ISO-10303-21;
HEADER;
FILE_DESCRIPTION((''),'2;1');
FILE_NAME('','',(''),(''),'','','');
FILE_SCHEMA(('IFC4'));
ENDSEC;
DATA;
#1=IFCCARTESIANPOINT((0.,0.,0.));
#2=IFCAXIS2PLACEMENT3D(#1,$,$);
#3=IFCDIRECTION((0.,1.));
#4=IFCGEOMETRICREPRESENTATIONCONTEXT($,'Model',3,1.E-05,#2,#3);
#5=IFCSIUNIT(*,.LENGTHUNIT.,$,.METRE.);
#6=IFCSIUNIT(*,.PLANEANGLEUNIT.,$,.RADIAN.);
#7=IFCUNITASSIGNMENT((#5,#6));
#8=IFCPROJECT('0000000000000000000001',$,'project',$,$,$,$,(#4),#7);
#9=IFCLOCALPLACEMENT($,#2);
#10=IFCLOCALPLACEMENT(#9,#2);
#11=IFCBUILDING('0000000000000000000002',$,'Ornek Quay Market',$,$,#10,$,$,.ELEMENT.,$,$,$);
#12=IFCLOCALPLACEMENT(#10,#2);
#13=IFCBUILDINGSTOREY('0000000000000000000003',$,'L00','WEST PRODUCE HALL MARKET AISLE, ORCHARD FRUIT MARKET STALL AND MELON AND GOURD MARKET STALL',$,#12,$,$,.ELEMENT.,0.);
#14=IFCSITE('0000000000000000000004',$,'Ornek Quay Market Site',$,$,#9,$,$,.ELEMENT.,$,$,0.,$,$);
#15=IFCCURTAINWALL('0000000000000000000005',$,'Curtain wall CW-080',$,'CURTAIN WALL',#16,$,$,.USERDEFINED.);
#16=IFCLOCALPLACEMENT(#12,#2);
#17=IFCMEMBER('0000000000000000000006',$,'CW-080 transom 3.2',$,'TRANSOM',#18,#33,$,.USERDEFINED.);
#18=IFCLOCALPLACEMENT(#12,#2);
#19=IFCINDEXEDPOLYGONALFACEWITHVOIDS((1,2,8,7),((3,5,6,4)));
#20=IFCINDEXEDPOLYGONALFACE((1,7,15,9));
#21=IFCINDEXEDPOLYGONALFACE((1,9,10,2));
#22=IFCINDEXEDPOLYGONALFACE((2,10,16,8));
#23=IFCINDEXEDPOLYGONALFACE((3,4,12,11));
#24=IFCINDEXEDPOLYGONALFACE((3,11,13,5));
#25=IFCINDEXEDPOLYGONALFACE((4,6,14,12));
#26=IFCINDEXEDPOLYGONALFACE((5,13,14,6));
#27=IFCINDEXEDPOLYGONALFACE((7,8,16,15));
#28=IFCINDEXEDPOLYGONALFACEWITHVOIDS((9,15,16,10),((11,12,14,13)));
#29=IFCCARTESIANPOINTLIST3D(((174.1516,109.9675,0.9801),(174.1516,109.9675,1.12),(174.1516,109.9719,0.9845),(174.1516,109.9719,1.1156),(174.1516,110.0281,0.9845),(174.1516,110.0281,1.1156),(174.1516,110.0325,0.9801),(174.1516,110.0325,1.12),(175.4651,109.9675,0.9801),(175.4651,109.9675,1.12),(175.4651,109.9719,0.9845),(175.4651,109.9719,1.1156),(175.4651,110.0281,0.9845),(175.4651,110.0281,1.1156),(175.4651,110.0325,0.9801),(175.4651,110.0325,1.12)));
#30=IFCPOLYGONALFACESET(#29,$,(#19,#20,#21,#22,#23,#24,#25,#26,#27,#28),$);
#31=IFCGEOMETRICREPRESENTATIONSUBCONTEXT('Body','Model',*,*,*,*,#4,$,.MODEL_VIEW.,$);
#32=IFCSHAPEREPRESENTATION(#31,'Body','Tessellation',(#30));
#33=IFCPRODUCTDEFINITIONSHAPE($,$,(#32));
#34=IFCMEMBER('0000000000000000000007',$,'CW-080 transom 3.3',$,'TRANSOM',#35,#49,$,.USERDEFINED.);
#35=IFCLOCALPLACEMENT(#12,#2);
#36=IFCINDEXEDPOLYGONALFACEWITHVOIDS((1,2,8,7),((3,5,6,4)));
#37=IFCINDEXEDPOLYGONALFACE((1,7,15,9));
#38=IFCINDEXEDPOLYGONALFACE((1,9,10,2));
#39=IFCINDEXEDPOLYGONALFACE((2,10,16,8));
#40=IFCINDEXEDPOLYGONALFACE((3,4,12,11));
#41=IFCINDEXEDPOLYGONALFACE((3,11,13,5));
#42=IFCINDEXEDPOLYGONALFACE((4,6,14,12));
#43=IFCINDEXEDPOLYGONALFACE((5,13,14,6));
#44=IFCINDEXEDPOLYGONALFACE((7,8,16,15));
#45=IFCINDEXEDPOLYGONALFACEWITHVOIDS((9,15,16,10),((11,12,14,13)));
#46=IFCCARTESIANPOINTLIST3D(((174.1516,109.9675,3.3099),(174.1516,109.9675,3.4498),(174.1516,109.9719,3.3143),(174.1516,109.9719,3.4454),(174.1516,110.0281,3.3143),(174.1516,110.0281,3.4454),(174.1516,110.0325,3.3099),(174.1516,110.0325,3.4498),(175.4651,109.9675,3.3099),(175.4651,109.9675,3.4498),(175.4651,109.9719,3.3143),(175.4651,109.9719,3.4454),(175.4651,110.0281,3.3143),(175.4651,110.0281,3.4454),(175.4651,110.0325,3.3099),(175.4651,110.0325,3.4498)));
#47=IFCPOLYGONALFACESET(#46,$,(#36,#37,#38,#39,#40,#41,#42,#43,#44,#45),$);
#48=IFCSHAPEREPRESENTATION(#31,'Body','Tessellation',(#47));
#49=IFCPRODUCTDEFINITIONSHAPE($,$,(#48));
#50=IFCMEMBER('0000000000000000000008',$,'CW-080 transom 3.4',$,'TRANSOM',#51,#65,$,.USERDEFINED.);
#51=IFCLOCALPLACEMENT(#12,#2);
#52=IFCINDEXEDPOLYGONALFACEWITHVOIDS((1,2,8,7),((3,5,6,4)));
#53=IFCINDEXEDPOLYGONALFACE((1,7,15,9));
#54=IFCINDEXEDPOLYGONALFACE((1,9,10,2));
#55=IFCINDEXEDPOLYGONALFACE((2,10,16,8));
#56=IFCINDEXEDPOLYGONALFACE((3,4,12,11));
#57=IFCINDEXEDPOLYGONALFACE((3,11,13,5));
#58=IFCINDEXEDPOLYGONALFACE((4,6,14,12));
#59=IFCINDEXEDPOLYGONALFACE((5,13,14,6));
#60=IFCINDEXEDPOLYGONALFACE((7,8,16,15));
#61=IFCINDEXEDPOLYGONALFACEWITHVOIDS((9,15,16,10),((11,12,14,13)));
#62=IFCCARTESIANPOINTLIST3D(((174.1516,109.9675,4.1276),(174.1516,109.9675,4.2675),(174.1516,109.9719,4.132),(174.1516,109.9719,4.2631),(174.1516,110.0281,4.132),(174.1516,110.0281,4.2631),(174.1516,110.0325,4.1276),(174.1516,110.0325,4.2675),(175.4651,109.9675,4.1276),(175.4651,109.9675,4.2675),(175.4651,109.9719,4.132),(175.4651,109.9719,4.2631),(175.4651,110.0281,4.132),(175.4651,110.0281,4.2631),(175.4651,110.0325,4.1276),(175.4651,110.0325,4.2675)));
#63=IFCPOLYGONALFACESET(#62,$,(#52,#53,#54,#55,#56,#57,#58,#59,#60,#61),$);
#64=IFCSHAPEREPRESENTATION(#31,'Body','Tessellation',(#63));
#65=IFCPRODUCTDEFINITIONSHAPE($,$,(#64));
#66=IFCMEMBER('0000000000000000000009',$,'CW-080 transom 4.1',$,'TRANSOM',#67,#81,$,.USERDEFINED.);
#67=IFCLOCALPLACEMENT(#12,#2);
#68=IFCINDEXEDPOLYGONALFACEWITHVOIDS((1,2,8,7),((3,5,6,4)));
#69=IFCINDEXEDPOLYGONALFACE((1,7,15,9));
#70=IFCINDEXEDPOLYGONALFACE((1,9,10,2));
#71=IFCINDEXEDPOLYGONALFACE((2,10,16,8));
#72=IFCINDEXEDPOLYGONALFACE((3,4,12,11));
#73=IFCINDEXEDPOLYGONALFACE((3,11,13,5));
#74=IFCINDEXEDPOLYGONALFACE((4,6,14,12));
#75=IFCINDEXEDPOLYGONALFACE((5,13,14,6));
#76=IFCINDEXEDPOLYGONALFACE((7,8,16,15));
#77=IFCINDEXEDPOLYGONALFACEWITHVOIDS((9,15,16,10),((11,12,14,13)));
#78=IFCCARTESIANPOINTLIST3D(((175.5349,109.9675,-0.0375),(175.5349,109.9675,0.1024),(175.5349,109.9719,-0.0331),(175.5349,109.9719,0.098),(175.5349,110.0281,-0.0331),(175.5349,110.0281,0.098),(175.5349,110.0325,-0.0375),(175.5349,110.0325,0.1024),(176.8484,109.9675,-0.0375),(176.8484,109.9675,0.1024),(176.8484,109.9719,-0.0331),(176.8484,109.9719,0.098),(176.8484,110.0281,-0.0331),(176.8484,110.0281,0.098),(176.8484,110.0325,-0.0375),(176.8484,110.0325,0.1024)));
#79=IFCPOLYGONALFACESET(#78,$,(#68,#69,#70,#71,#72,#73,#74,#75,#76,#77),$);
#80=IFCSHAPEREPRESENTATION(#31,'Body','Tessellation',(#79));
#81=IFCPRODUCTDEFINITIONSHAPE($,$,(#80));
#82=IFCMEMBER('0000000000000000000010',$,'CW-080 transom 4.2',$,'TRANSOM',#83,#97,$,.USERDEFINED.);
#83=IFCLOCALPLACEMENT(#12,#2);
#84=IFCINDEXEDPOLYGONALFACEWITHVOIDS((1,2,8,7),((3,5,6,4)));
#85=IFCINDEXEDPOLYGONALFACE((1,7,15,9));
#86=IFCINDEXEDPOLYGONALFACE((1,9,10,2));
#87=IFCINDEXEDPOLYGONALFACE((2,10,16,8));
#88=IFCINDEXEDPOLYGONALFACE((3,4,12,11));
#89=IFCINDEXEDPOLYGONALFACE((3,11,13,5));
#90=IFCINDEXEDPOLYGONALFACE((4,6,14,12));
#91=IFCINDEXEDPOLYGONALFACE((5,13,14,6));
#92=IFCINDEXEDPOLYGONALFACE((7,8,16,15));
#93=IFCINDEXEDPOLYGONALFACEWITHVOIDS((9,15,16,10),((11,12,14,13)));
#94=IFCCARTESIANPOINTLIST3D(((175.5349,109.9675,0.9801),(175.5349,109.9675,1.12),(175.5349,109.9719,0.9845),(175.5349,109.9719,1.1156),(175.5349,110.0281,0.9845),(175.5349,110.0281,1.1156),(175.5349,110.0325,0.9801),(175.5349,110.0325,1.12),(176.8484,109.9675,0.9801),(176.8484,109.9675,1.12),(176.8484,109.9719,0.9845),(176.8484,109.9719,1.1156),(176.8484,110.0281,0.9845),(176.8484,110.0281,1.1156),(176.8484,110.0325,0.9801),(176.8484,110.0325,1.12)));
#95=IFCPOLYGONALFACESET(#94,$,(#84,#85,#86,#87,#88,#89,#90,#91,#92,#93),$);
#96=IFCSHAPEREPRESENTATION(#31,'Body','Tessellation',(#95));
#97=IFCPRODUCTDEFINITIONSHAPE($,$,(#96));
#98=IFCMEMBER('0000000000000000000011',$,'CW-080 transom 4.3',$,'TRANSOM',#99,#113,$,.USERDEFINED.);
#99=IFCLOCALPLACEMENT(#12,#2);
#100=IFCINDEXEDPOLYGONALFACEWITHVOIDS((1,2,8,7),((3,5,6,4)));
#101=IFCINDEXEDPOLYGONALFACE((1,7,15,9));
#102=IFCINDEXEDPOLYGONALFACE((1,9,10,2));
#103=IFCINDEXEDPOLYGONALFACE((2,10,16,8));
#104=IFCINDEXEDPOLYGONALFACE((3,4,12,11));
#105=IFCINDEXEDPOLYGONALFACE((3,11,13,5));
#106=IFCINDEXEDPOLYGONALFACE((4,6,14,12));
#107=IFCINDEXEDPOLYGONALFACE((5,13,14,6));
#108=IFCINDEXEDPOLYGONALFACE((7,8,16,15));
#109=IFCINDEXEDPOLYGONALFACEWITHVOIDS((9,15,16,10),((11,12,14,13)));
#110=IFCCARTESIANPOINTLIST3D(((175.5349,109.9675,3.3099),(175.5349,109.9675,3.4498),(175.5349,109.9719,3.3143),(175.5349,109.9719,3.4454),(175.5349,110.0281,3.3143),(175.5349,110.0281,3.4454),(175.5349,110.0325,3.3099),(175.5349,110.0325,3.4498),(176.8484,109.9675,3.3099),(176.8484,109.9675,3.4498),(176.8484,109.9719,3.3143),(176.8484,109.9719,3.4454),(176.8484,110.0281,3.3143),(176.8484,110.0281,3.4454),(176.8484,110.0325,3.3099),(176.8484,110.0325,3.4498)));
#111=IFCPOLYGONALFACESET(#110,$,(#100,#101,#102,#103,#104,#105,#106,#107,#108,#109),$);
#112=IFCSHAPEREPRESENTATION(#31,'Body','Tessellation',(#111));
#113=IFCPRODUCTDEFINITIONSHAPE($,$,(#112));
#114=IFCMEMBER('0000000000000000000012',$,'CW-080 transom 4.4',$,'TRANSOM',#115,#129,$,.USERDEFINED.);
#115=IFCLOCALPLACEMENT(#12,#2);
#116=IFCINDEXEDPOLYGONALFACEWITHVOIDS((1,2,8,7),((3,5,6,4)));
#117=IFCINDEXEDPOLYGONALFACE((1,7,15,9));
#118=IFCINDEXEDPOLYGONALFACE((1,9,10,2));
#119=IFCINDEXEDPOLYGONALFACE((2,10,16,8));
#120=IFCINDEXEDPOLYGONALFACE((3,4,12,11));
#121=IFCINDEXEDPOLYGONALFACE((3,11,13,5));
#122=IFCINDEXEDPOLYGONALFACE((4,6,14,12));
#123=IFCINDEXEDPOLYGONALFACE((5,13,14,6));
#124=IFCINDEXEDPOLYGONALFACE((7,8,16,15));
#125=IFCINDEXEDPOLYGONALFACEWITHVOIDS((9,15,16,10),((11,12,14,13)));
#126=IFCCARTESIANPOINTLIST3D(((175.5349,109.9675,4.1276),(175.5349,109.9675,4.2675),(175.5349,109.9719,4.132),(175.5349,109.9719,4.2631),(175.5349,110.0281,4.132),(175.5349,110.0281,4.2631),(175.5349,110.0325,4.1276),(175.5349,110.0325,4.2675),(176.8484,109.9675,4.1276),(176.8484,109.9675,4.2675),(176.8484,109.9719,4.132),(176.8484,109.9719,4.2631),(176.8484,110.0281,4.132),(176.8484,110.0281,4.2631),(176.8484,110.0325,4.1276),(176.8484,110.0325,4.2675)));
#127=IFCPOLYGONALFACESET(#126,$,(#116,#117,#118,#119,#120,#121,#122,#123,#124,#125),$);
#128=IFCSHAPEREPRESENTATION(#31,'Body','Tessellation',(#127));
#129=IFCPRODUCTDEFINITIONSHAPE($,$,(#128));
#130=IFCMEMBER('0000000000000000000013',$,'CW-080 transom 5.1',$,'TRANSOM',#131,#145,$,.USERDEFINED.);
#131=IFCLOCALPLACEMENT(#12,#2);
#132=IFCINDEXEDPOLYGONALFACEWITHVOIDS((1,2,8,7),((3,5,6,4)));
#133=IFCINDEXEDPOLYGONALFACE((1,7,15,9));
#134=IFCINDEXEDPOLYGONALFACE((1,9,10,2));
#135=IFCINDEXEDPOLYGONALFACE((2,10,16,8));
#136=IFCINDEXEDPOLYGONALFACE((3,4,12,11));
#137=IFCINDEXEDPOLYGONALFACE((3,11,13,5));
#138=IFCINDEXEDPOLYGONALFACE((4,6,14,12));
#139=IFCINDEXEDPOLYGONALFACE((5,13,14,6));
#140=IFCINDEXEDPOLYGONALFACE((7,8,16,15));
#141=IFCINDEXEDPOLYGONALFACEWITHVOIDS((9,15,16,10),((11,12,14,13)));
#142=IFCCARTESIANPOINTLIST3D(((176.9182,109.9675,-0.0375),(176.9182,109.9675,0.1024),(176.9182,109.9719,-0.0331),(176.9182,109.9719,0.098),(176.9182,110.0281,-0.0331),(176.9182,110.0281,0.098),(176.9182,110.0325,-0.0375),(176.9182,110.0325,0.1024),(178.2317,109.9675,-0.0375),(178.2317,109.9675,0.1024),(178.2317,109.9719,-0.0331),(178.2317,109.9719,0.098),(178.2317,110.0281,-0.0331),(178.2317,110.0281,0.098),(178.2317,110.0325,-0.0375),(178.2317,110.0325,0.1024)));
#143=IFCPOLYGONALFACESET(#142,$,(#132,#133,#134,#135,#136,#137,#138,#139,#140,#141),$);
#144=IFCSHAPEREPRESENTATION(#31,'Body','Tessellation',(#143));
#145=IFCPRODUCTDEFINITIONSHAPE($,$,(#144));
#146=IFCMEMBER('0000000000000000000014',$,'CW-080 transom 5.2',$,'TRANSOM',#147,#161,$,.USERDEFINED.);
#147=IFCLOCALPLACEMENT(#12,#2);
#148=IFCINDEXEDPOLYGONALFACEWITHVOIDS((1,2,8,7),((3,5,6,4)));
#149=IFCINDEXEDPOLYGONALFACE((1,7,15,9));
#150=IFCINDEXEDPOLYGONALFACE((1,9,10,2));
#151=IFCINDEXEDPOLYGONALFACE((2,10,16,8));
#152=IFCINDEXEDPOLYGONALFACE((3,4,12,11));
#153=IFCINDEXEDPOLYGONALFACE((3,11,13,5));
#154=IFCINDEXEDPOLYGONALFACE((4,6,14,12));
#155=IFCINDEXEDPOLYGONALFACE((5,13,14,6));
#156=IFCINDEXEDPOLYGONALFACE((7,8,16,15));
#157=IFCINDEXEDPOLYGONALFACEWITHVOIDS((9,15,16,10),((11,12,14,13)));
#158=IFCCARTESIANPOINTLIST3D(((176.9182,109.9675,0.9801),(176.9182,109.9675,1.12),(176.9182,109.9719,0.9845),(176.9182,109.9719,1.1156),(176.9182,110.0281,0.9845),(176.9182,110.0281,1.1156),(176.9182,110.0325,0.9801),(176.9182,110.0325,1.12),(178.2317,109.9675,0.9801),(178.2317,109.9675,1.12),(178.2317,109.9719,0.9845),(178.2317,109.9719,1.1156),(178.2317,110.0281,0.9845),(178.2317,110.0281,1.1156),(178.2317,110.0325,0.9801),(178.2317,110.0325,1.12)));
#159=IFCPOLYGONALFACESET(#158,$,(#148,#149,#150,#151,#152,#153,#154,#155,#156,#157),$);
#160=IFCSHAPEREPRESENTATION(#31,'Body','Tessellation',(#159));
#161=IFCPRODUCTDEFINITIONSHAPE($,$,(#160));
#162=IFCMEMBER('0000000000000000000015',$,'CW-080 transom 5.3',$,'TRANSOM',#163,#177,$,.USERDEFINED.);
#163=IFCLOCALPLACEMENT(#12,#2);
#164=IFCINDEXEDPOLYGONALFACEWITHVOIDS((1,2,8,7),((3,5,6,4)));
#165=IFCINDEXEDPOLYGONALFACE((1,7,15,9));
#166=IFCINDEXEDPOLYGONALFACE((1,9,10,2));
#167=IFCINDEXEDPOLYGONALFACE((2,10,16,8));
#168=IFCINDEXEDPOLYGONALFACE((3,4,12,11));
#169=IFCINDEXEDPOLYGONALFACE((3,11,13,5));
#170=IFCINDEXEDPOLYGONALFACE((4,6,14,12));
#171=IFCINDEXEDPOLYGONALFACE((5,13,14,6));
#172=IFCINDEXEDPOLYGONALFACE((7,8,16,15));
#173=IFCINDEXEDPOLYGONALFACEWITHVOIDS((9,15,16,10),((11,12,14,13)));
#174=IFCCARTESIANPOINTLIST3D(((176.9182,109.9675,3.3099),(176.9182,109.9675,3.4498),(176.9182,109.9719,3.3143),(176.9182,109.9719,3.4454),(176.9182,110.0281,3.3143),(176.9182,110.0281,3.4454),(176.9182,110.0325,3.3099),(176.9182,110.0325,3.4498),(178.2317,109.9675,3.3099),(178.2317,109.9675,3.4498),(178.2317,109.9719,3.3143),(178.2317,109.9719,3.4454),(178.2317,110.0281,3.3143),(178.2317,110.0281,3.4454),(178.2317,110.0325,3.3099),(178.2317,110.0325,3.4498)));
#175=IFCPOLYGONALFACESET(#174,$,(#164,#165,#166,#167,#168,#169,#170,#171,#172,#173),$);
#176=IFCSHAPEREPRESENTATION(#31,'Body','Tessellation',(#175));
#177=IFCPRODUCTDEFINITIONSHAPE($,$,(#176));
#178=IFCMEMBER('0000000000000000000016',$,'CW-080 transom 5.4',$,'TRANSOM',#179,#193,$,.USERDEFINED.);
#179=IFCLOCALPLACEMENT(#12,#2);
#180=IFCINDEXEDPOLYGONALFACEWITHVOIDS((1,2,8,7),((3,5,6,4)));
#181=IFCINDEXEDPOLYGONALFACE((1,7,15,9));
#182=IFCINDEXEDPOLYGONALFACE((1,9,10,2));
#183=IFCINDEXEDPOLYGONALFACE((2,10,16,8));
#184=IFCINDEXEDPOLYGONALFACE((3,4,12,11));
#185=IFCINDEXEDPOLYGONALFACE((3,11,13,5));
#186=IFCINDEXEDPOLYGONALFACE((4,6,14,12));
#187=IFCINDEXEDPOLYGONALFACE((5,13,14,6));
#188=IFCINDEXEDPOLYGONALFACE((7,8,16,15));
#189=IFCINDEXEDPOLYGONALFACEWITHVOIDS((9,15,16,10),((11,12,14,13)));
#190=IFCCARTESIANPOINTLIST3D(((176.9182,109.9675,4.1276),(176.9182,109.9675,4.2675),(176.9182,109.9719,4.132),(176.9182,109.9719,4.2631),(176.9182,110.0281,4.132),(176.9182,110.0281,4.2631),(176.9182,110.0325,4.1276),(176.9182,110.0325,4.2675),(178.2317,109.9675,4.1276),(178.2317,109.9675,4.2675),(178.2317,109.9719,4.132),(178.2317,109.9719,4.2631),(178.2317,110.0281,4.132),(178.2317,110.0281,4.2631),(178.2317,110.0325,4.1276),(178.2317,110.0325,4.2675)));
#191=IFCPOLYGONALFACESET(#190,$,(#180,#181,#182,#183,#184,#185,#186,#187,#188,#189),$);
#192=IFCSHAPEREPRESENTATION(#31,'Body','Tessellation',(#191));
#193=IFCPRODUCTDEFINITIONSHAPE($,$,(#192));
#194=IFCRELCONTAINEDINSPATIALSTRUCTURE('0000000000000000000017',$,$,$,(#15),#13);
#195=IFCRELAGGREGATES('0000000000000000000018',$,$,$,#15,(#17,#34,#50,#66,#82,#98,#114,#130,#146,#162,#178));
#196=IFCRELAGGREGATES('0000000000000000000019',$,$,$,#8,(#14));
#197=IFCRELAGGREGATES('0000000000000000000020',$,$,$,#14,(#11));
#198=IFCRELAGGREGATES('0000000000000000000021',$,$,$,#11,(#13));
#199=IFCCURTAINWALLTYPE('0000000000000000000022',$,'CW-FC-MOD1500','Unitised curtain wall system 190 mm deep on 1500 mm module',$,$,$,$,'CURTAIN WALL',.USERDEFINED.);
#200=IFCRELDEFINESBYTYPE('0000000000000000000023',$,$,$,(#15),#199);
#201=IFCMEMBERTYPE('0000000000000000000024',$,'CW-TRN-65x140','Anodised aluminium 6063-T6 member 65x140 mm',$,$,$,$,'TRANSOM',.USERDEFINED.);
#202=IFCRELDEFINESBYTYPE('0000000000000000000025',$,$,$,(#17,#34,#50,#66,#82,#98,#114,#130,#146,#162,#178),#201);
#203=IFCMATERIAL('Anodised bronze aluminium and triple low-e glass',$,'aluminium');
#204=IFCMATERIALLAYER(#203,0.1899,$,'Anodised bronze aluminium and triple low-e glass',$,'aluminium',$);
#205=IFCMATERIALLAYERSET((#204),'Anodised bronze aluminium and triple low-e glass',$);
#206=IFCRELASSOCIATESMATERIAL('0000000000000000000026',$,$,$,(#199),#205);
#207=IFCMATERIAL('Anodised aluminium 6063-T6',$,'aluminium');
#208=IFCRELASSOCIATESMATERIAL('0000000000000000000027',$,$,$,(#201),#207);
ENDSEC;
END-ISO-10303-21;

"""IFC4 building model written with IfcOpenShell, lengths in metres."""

from ifc_helpers import new_model, si_unit, direction, frame, origin, origin_2d, place, context, subcontext, project, spatial, hollow_rectangle, extrude, material, layer, layer_set, material_profile, profile_set, type_object, element, aggregate, save


model = new_model("IFC4")

# Units and contexts
model_context = context("Model", 3, precision=1e-05, world=origin(), true_north=direction((0.0, 1.0)))
body_context = subcontext(model_context, "Body", "Model", "MODEL_VIEW")
ifc_project = project(units=[si_unit("LENGTHUNIT", "METRE"), si_unit("PLANEANGLEUNIT", "RADIAN")], contexts=[model_context])

# Site, building, storey
site_placement = place(None, origin())
site = spatial("IfcSite", under=ifc_project, at=site_placement, Name="Ornek Quay Market Site", CompositionType="ELEMENT", RefElevation=0.0)
building_placement = place(site_placement, origin())
building = spatial("IfcBuilding", under=site, at=building_placement, Name="Ornek Quay Market", CompositionType="ELEMENT")
storey_placement = place(building_placement, origin())
storey = spatial("IfcBuildingStorey", under=building, at=storey_placement, Name="L00", Description="WEST PRODUCE HALL MARKET AISLE, ORCHARD FRUIT MARKET STALL AND MELON AND GOURD MARKET STALL", CompositionType="ELEMENT", Elevation=0.0)

# Curtain wall, members
ifc_material_1 = material(Name="Anodised bronze aluminium and triple low-e glass", Category="aluminium")
ifc_layer_1 = layer(ifc_material_1, 0.1899, Name="Anodised bronze aluminium and triple low-e glass", Category="aluminium")
ifc_layer_set_1 = layer_set([ifc_layer_1], Name="Anodised bronze aluminium and triple low-e glass")
curtain_wall_type = type_object("IfcCurtainWallType", Name="CW-FC-MOD1500", Description="Unitised curtain wall system 190 mm deep on 1500 mm module", ElementType="CURTAIN WALL", PredefinedType="USERDEFINED", material=ifc_layer_set_1)
curtain_wall_placement = place(storey_placement, origin())
curtain_wall = element("IfcCurtainWall", 1, at=curtain_wall_placement, inside=storey, type_object=curtain_wall_type, Name="Curtain wall CW-080", ObjectType="CURTAIN WALL", PredefinedType="USERDEFINED")
ifc_material_2 = material(Name="Anodised aluminium 6063-T6", Category="aluminium")
ifc_material_profile_1 = material_profile(ifc_material_2, hollow_rectangle(XDim=0.0649, YDim=0.1399, WallThickness=0.0044, at=origin_2d()), Name="CW-TRN-65x140", Category="aluminium")
ifc_profile_set_1 = profile_set([ifc_material_profile_1], Name="Anodised aluminium 6063-T6")
member_type_1 = type_object("IfcMemberType", Name="CW-TRN-65x140", Description="Anodised aluminium 6063-T6 member 65x140 mm", ElementType="TRANSOM", PredefinedType="USERDEFINED", material=ifc_profile_set_1)
member_1_placement = place(storey_placement, frame((174.1516, 110.0, 1.05), z_axis=(1.0, 0.0, 0.0), x_axis=(0.0, 1.0, 0.0)))
member_1 = element("IfcMember", 2, at=member_1_placement, type_object=member_type_1, Name="CW-080 transom 3.2", ObjectType="TRANSOM", PredefinedType="USERDEFINED", context=body_context, shape_type="SweptSolid", body=[
    extrude(hollow_rectangle(XDim=0.0649, YDim=0.1399, WallThickness=0.0044, at=origin_2d()), origin(), (0.0, 0.0, 1.0), 1.3135),
])
member_2_placement = place(storey_placement, frame((174.1516, 110.0, 3.3799), z_axis=(1.0, 0.0, 0.0), x_axis=(0.0, 1.0, 0.0)))
member_2 = element("IfcMember", 3, at=member_2_placement, type_object=member_type_1, Name="CW-080 transom 3.3", ObjectType="TRANSOM", PredefinedType="USERDEFINED", context=body_context, shape_type="SweptSolid", body=[
    extrude(hollow_rectangle(XDim=0.0649, YDim=0.1399, WallThickness=0.0044, at=origin_2d()), origin(), (0.0, 0.0, 1.0), 1.3135),
])
member_3_placement = place(storey_placement, frame((174.1516, 110.0, 4.1975), z_axis=(1.0, 0.0, 0.0), x_axis=(0.0, 1.0, 0.0)))
member_3 = element("IfcMember", 4, at=member_3_placement, type_object=member_type_1, Name="CW-080 transom 3.4", ObjectType="TRANSOM", PredefinedType="USERDEFINED", context=body_context, shape_type="SweptSolid", body=[
    extrude(hollow_rectangle(XDim=0.0649, YDim=0.1399, WallThickness=0.0044, at=origin_2d()), origin(), (0.0, 0.0, 1.0), 1.3135),
])
member_4_placement = place(storey_placement, frame((175.5349, 110.0, 0.0325), z_axis=(1.0, 0.0, 0.0), x_axis=(0.0, 1.0, 0.0)))
member_4 = element("IfcMember", 5, at=member_4_placement, type_object=member_type_1, Name="CW-080 transom 4.1", ObjectType="TRANSOM", PredefinedType="USERDEFINED", context=body_context, shape_type="SweptSolid", body=[
    extrude(hollow_rectangle(XDim=0.0649, YDim=0.1399, WallThickness=0.0044, at=origin_2d()), origin(), (0.0, 0.0, 1.0), 1.3135),
])
member_5_placement = place(storey_placement, frame((175.5349, 110.0, 1.05), z_axis=(1.0, 0.0, 0.0), x_axis=(0.0, 1.0, 0.0)))
member_5 = element("IfcMember", 6, at=member_5_placement, type_object=member_type_1, Name="CW-080 transom 4.2", ObjectType="TRANSOM", PredefinedType="USERDEFINED", context=body_context, shape_type="SweptSolid", body=[
    extrude(hollow_rectangle(XDim=0.0649, YDim=0.1399, WallThickness=0.0044, at=origin_2d()), origin(), (0.0, 0.0, 1.0), 1.3135),
])
member_6_placement = place(storey_placement, frame((175.5349, 110.0, 3.3799), z_axis=(1.0, 0.0, 0.0), x_axis=(0.0, 1.0, 0.0)))
member_6 = element("IfcMember", 7, at=member_6_placement, type_object=member_type_1, Name="CW-080 transom 4.3", ObjectType="TRANSOM", PredefinedType="USERDEFINED", context=body_context, shape_type="SweptSolid", body=[
    extrude(hollow_rectangle(XDim=0.0649, YDim=0.1399, WallThickness=0.0044, at=origin_2d()), origin(), (0.0, 0.0, 1.0), 1.3135),
])
member_7_placement = place(storey_placement, frame((175.5349, 110.0, 4.1975), z_axis=(1.0, 0.0, 0.0), x_axis=(0.0, 1.0, 0.0)))
member_7 = element("IfcMember", 8, at=member_7_placement, type_object=member_type_1, Name="CW-080 transom 4.4", ObjectType="TRANSOM", PredefinedType="USERDEFINED", context=body_context, shape_type="SweptSolid", body=[
    extrude(hollow_rectangle(XDim=0.0649, YDim=0.1399, WallThickness=0.0044, at=origin_2d()), origin(), (0.0, 0.0, 1.0), 1.3135),
])
member_8_placement = place(storey_placement, frame((176.9182, 110.0, 0.0325), z_axis=(1.0, 0.0, 0.0), x_axis=(0.0, 1.0, 0.0)))
member_8 = element("IfcMember", 9, at=member_8_placement, type_object=member_type_1, Name="CW-080 transom 5.1", ObjectType="TRANSOM", PredefinedType="USERDEFINED", context=body_context, shape_type="SweptSolid", body=[
    extrude(hollow_rectangle(XDim=0.0649, YDim=0.1399, WallThickness=0.0044, at=origin_2d()), origin(), (0.0, 0.0, 1.0), 1.3135),
])
member_9_placement = place(storey_placement, frame((176.9182, 110.0, 1.05), z_axis=(1.0, 0.0, 0.0), x_axis=(0.0, 1.0, 0.0)))
member_9 = element("IfcMember", 10, at=member_9_placement, type_object=member_type_1, Name="CW-080 transom 5.2", ObjectType="TRANSOM", PredefinedType="USERDEFINED", context=body_context, shape_type="SweptSolid", body=[
    extrude(hollow_rectangle(XDim=0.0649, YDim=0.1399, WallThickness=0.0044, at=origin_2d()), origin(), (0.0, 0.0, 1.0), 1.3135),
])
member_10_placement = place(storey_placement, frame((176.9182, 110.0, 3.3799), z_axis=(1.0, 0.0, 0.0), x_axis=(0.0, 1.0, 0.0)))
member_10 = element("IfcMember", 11, at=member_10_placement, type_object=member_type_1, Name="CW-080 transom 5.3", ObjectType="TRANSOM", PredefinedType="USERDEFINED", context=body_context, shape_type="SweptSolid", body=[
    extrude(hollow_rectangle(XDim=0.0649, YDim=0.1399, WallThickness=0.0044, at=origin_2d()), origin(), (0.0, 0.0, 1.0), 1.3135),
])
member_11_placement = place(storey_placement, frame((176.9182, 110.0, 4.1975), z_axis=(1.0, 0.0, 0.0), x_axis=(0.0, 1.0, 0.0)))
member_11 = element("IfcMember", 12, at=member_11_placement, type_object=member_type_1, Name="CW-080 transom 5.4", ObjectType="TRANSOM", PredefinedType="USERDEFINED", context=body_context, shape_type="SweptSolid", body=[
    extrude(hollow_rectangle(XDim=0.0649, YDim=0.1399, WallThickness=0.0044, at=origin_2d()), origin(), (0.0, 0.0, 1.0), 1.3135),
])
aggregate(curtain_wall, [member_1, member_2, member_3, member_4, member_5, member_6, member_7, member_8, member_9, member_10, member_11])

save(model, "model.ifc")
